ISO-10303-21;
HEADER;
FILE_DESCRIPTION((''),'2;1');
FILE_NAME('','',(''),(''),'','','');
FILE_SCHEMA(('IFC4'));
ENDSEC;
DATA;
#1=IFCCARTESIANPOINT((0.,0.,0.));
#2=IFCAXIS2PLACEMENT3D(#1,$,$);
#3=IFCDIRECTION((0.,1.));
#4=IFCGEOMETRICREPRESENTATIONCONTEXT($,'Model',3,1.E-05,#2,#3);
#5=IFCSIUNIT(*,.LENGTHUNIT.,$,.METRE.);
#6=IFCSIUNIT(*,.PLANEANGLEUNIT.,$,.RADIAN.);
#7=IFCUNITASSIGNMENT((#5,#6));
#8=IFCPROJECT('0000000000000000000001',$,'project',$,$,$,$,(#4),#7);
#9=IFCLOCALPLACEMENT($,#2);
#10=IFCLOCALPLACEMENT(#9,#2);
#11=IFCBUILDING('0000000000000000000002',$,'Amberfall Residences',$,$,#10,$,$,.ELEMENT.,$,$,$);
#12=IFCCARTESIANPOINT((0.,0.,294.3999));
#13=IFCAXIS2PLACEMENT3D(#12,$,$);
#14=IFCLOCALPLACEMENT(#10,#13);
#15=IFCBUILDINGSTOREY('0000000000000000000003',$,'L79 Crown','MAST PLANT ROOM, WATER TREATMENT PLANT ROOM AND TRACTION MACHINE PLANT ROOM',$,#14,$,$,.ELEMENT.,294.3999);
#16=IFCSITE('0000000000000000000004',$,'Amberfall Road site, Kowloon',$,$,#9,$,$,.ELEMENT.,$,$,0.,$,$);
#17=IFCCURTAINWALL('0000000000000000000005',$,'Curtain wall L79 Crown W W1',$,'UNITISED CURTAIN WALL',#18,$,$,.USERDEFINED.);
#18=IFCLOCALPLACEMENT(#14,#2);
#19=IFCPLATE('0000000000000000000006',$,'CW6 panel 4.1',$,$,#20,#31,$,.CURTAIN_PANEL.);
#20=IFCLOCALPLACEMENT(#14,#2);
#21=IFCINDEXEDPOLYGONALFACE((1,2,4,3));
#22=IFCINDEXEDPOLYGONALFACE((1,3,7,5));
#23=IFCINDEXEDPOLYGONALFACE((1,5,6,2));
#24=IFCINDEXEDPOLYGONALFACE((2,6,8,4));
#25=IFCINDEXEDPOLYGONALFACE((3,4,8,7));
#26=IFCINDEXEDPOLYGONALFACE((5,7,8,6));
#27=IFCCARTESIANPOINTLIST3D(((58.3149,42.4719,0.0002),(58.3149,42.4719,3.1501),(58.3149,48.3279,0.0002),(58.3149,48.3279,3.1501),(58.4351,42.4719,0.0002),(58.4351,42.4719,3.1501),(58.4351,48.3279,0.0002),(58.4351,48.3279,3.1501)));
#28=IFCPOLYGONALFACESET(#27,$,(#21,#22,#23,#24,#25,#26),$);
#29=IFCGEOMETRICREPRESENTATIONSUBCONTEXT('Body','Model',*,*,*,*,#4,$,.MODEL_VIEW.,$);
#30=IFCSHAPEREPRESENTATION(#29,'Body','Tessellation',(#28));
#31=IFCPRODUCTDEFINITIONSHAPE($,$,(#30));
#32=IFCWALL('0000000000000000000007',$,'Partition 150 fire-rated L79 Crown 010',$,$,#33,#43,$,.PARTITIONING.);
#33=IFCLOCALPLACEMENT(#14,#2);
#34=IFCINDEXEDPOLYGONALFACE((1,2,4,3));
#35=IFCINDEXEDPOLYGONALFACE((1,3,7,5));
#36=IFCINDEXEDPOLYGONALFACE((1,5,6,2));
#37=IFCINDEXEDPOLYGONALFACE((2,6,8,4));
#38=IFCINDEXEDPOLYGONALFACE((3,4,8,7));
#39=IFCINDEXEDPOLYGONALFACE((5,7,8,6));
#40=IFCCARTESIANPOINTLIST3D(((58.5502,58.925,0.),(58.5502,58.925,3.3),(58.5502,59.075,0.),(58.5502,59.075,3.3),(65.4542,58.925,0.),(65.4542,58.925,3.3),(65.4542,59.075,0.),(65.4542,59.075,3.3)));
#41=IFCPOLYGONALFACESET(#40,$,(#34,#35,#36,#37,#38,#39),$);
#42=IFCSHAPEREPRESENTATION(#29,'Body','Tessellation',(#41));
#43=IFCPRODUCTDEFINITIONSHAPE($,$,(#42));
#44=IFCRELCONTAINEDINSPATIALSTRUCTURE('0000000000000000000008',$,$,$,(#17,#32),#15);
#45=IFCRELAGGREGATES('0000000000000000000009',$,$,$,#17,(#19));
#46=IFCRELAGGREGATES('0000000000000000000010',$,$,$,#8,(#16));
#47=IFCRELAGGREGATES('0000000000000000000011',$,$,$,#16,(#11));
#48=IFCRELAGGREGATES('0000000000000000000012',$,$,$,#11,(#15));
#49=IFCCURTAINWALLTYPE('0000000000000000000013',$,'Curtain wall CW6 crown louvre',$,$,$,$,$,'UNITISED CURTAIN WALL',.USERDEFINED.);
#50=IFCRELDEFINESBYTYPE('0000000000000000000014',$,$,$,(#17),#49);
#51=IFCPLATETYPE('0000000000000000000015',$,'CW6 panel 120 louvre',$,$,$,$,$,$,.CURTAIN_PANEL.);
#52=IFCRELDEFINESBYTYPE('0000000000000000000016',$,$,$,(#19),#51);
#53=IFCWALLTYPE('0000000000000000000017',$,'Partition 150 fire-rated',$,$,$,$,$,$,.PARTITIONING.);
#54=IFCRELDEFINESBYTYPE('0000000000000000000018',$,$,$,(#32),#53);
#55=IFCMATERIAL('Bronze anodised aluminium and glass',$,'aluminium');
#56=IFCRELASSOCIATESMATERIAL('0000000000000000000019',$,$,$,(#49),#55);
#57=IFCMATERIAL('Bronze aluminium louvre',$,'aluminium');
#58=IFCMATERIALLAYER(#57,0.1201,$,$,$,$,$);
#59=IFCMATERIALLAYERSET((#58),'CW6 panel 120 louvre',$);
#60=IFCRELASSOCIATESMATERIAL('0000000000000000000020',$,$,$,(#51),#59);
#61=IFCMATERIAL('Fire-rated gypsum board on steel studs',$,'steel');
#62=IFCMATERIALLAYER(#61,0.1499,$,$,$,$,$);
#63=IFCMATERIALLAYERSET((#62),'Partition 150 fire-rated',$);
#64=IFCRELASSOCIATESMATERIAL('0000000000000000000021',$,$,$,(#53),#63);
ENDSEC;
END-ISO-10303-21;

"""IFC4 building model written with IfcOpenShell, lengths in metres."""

from ifc_helpers import new_model, si_unit, direction, frame, frame_2d, origin, origin_2d, place, context, subcontext, project, spatial, rectangle, extrude, material, layer, layer_set, type_object, element, aggregate, save


model = new_model("IFC4")

# Units and contexts
model_context = context("Model", 3, precision=1e-05, world=origin(), true_north=direction((0.0, 1.0)))
body_context = subcontext(model_context, "Body", "Model", "MODEL_VIEW")
ifc_project = project(units=[si_unit("LENGTHUNIT", "METRE"), si_unit("PLANEANGLEUNIT", "RADIAN")], contexts=[model_context])

# Site, building, storey
site_placement = place(None, origin())
site = spatial("IfcSite", under=ifc_project, at=site_placement, Name="Amberfall Road site, Kowloon", CompositionType="ELEMENT", RefElevation=0.0)
building_placement = place(site_placement, origin())
building = spatial("IfcBuilding", under=site, at=building_placement, Name="Amberfall Residences", CompositionType="ELEMENT")
storey_placement = place(building_placement, frame((0.0, 0.0, 294.3999)))
storey = spatial("IfcBuildingStorey", under=building, at=storey_placement, Name="L79 Crown", Description="MAST PLANT ROOM, WATER TREATMENT PLANT ROOM AND TRACTION MACHINE PLANT ROOM", CompositionType="ELEMENT", Elevation=294.3999)

# Curtain wall
ifc_material_1 = material(Name="Bronze anodised aluminium and glass", Category="aluminium")
curtain_wall_type = type_object("IfcCurtainWallType", Name="Curtain wall CW6 crown louvre", ElementType="UNITISED CURTAIN WALL", PredefinedType="USERDEFINED", material=ifc_material_1)
curtain_wall_1_placement = place(storey_placement, origin())
curtain_wall_1 = element("IfcCurtainWall", 1, at=curtain_wall_1_placement, inside=storey, type_object=curtain_wall_type, Name="Curtain wall L79 Crown W W1", ObjectType="UNITISED CURTAIN WALL", PredefinedType="USERDEFINED")

# Plate
ifc_material_2 = material(Name="Bronze aluminium louvre", Category="aluminium")
ifc_layer_1 = layer(ifc_material_2, 0.1201)
ifc_layer_set_1 = layer_set([ifc_layer_1], Name="CW6 panel 120 louvre")
plate_type = type_object("IfcPlateType", Name="CW6 panel 120 louvre", PredefinedType="CURTAIN_PANEL", material=ifc_layer_set_1)
plate_1_placement = place(storey_placement, frame((58.375, 45.3999, 0.0002), z_axis=(0.0, 0.0, 1.0), x_axis=(0.0, -1.0, 0.0)))
plate_1 = element("IfcPlate", 2, at=plate_1_placement, type_object=plate_type, Name="CW6 panel 4.1", PredefinedType="CURTAIN_PANEL", context=body_context, shape_type="SweptSolid", body=[
    extrude(rectangle(XDim=5.856, YDim=0.1201, at=origin_2d()), origin(), (0.0, 0.0, 1.0), 3.1499),
])
aggregate(curtain_wall_1, [plate_1])

# Wall
ifc_material_3 = material(Name="Fire-rated gypsum board on steel studs", Category="steel")
ifc_layer_2 = layer(ifc_material_3, 0.1499)
ifc_layer_set_2 = layer_set([ifc_layer_2], Name="Partition 150 fire-rated")
wall_type = type_object("IfcWallType", Name="Partition 150 fire-rated", PredefinedType="PARTITIONING", material=ifc_layer_set_2)
wall_placement = place(storey_placement, frame((58.55, 59.0, 0.0), z_axis=(0.0, 0.0, 1.0), x_axis=(1.0, 0.0, 0.0)))
element("IfcWall", 3, at=wall_placement, inside=storey, type_object=wall_type, Name="Partition 150 fire-rated L79 Crown 010", PredefinedType="PARTITIONING", context=body_context, shape_type="SweptSolid", body=[
    extrude(rectangle(XDim=6.9041, YDim=0.1499, at=frame_2d((3.4521, 0.0))), origin(), (0.0, 0.0, 1.0), 3.3),
])

save(model, "model.ifc")
